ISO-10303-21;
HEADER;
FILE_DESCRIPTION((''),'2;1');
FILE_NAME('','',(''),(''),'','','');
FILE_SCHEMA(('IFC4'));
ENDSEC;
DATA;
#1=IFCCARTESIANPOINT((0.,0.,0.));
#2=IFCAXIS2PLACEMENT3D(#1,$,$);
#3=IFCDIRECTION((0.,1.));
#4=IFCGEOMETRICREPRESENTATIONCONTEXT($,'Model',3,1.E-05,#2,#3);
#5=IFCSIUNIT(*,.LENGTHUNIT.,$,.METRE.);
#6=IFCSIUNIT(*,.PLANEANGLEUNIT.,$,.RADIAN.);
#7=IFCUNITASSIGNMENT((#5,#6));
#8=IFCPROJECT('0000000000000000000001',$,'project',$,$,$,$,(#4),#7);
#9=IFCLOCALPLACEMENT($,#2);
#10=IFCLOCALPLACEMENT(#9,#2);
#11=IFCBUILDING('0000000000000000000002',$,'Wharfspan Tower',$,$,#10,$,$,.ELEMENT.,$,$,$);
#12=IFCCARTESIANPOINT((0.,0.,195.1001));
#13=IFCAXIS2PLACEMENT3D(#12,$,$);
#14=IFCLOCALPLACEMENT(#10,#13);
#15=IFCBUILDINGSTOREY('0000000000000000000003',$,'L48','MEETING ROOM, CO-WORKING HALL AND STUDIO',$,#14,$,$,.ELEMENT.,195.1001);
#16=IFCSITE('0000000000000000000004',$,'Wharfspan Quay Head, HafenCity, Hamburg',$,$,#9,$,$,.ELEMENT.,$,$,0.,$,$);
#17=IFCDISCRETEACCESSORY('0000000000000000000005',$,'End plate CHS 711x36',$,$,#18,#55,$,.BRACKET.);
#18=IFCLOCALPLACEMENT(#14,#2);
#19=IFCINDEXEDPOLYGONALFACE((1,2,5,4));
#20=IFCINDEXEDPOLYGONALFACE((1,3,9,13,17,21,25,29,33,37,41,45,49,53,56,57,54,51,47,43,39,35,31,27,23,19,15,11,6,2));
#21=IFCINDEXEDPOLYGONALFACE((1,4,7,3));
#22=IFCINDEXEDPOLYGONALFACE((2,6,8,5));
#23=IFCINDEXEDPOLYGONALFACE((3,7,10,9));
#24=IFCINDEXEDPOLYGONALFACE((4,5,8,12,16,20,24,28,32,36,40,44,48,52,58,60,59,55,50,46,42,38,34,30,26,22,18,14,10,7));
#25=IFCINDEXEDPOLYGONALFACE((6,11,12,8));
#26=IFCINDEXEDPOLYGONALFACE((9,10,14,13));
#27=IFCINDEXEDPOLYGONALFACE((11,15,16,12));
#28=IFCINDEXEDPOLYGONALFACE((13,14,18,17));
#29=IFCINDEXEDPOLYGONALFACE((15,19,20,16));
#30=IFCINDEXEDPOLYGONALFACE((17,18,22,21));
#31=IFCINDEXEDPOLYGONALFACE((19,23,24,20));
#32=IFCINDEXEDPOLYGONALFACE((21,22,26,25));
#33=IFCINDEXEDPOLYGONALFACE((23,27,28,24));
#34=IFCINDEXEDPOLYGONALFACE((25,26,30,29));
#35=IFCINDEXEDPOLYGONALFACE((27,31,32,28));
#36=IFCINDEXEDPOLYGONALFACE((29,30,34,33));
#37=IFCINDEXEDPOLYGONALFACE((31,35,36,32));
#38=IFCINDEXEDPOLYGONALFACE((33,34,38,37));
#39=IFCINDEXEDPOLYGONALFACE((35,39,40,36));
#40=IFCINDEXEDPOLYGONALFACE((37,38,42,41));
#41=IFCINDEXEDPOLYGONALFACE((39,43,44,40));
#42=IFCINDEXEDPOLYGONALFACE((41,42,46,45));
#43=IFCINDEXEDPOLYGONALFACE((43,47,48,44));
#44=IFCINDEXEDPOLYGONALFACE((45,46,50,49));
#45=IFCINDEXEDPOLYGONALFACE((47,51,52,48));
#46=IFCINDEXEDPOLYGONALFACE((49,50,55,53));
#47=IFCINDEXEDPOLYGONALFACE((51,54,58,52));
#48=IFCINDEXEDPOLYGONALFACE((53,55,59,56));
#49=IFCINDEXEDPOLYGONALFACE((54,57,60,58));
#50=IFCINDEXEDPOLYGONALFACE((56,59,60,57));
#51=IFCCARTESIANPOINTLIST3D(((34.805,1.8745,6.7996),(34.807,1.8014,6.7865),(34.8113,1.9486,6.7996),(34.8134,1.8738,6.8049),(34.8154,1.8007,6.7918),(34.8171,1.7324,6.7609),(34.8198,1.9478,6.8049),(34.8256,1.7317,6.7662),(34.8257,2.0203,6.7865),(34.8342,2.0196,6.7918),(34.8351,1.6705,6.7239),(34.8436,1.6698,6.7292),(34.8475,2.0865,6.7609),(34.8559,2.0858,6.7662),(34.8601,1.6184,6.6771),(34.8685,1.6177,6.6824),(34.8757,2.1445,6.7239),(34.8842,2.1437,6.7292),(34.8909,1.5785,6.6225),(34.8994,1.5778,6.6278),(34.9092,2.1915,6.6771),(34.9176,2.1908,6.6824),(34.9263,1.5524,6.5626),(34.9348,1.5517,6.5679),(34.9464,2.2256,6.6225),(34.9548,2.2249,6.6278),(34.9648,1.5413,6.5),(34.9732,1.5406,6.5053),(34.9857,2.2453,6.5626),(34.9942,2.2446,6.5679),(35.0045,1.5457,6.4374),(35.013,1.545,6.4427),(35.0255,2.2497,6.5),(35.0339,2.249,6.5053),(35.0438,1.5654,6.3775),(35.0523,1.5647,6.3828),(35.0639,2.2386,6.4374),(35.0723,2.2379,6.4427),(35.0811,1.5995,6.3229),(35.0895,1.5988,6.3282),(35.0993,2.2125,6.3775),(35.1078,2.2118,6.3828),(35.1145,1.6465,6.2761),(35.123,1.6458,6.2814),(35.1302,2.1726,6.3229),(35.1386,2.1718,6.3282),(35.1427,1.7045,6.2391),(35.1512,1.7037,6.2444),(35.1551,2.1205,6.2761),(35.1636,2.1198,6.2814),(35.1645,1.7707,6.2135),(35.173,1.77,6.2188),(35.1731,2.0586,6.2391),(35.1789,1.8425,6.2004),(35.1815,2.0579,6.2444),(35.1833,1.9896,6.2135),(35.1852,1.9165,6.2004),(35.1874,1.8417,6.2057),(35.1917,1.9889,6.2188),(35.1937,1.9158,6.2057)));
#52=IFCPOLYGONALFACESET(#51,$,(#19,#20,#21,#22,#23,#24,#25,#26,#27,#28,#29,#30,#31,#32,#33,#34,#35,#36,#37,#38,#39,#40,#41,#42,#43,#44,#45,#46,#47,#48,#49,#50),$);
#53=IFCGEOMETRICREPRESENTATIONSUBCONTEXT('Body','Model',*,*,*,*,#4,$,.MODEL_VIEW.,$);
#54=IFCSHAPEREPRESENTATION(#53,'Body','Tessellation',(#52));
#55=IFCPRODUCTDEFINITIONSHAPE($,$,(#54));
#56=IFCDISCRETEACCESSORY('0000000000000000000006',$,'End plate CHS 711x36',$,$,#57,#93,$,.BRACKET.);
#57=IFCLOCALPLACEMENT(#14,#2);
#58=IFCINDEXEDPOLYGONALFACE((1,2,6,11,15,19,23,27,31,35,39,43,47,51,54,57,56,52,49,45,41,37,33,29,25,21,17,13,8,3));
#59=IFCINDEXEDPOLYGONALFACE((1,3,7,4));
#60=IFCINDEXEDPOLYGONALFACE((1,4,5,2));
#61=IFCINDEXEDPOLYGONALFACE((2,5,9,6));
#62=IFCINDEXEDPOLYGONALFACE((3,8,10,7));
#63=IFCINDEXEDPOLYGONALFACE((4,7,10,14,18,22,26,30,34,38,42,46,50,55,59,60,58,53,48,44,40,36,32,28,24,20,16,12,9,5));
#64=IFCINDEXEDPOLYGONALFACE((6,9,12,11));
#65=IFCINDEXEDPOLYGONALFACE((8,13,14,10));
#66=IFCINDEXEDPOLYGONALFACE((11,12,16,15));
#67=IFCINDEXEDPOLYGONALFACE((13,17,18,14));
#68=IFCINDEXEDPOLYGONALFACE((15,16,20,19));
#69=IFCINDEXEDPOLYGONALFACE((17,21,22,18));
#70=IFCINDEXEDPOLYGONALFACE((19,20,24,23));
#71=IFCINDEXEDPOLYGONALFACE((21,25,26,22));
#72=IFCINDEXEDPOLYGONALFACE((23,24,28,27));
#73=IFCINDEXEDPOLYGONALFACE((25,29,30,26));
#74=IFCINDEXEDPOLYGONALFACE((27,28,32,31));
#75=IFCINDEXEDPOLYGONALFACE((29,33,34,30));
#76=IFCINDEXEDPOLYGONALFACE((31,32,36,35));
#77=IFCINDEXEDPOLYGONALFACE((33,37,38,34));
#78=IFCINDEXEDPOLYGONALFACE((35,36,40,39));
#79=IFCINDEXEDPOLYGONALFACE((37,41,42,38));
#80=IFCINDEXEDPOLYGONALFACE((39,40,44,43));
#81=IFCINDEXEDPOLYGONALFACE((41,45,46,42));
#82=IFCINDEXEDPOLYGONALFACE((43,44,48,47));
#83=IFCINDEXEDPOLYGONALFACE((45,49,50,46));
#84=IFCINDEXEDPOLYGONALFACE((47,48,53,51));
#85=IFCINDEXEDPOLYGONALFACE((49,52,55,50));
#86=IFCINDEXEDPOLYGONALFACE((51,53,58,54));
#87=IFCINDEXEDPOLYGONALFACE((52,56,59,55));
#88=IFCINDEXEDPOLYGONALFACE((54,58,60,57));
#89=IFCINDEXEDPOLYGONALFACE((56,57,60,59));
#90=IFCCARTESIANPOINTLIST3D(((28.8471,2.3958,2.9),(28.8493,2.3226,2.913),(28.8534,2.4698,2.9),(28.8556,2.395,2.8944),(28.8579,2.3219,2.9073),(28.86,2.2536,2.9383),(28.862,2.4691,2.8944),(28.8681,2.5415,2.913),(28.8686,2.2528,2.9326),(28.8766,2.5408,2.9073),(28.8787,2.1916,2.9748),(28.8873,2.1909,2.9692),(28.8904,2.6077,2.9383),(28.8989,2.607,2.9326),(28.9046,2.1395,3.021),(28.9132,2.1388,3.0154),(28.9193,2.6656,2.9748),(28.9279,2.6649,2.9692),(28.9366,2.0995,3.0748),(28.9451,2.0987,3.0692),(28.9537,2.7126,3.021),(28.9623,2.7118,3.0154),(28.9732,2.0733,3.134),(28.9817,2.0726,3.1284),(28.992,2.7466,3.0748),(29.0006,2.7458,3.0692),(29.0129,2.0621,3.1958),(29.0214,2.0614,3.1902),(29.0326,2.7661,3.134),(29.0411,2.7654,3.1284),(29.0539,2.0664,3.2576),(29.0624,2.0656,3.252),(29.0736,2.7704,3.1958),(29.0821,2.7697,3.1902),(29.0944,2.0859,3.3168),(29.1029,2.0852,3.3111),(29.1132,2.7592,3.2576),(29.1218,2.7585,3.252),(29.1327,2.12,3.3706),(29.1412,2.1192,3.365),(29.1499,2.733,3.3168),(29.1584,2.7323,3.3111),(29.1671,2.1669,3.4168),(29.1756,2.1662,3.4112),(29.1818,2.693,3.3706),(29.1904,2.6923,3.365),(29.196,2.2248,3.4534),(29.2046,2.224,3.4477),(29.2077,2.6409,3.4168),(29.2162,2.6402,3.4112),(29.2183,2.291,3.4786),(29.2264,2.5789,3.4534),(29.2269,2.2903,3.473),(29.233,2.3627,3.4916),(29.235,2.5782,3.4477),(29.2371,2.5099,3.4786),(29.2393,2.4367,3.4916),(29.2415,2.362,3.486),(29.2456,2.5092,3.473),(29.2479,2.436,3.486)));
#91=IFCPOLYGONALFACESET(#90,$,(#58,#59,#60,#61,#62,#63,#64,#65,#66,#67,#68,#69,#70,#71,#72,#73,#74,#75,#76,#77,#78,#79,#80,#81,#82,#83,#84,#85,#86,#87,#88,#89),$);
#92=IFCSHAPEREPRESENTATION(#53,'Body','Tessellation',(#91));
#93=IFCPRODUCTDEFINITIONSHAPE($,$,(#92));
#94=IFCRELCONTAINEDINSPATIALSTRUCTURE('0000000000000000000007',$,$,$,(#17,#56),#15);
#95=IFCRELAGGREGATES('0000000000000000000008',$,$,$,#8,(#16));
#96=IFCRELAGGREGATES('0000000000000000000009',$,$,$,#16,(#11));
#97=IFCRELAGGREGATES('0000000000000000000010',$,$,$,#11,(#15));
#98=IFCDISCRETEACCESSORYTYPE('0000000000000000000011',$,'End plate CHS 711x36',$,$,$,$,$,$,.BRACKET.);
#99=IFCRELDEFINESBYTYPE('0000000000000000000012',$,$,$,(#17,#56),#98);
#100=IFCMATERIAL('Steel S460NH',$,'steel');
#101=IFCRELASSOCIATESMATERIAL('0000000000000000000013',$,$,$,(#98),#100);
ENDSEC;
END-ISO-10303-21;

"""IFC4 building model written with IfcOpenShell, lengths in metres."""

from ifc_helpers import new_model, si_unit, direction, frame, origin, origin_2d, place, context, subcontext, project, spatial, circle, extrude, material, material_profile, profile_set, type_object, element, save


model = new_model("IFC4")

# Units and contexts
model_context = context("Model", 3, precision=1e-05, world=origin(), true_north=direction((0.0, 1.0)))
body_context = subcontext(model_context, "Body", "Model", "MODEL_VIEW")
ifc_project = project(units=[si_unit("LENGTHUNIT", "METRE"), si_unit("PLANEANGLEUNIT", "RADIAN")], contexts=[model_context])

# Site, building, storey
site_placement = place(None, origin())
site = spatial("IfcSite", under=ifc_project, at=site_placement, Name="Wharfspan Quay Head, HafenCity, Hamburg", CompositionType="ELEMENT", RefElevation=0.0)
building_placement = place(site_placement, origin())
building = spatial("IfcBuilding", under=site, at=building_placement, Name="Wharfspan Tower", CompositionType="ELEMENT")
storey_placement = place(building_placement, frame((0.0, 0.0, 195.1001)))
storey = spatial("IfcBuildingStorey", under=building, at=storey_placement, Name="L48", Description="MEETING ROOM, CO-WORKING HALL AND STUDIO", CompositionType="ELEMENT", Elevation=195.1001)

# Shared definitions
ifc_material_1 = material(Name="Steel S460NH", Category="steel")

# Discrete accessories
ifc_material_profile_1 = material_profile(ifc_material_1, circle(Radius=0.3555, at=origin_2d()))
ifc_profile_set_1 = profile_set([ifc_material_profile_1], Name="Steel S460NH")
discrete_accessory_type = type_object("IfcDiscreteAccessoryType", Name="End plate CHS 711x36", PredefinedType="BRACKET", material=ifc_profile_set_1)
for number, where, z_axis, x_axis, name in (
    (1, (34.9951, 1.8955, 6.5), (0.844416, -0.072379, 0.530776), (0.085402, 0.99635, 0.0), "End plate CHS 711x36"),
):
    element("IfcDiscreteAccessory", number, at=place(storey_placement, frame(where, z_axis=z_axis, x_axis=x_axis)), inside=storey, type_object=discrete_accessory_type, Name=name, PredefinedType="BRACKET", context=body_context, shape_type="SweptSolid", body=[
        extrude(circle(Radius=0.3555, at=origin_2d()), origin(), (0.0, 0.0, 1.0), 0.01),
    ])
discrete_accessory_placement = place(storey_placement, frame((29.0518, 2.4155, 3.1902), z_axis=(-0.83357, 0.071449, 0.547774), x_axis=(-0.085401, -0.996343, 0.0)))
element("IfcDiscreteAccessory", 2, at=discrete_accessory_placement, inside=storey, type_object=discrete_accessory_type, Name="End plate CHS 711x36", PredefinedType="BRACKET", context=body_context, shape_type="SweptSolid", body=[
    extrude(circle(Radius=0.3555, at=origin_2d()), origin(), (0.0, 0.0, 1.0), 0.0103),
])

save(model, "model.ifc")
